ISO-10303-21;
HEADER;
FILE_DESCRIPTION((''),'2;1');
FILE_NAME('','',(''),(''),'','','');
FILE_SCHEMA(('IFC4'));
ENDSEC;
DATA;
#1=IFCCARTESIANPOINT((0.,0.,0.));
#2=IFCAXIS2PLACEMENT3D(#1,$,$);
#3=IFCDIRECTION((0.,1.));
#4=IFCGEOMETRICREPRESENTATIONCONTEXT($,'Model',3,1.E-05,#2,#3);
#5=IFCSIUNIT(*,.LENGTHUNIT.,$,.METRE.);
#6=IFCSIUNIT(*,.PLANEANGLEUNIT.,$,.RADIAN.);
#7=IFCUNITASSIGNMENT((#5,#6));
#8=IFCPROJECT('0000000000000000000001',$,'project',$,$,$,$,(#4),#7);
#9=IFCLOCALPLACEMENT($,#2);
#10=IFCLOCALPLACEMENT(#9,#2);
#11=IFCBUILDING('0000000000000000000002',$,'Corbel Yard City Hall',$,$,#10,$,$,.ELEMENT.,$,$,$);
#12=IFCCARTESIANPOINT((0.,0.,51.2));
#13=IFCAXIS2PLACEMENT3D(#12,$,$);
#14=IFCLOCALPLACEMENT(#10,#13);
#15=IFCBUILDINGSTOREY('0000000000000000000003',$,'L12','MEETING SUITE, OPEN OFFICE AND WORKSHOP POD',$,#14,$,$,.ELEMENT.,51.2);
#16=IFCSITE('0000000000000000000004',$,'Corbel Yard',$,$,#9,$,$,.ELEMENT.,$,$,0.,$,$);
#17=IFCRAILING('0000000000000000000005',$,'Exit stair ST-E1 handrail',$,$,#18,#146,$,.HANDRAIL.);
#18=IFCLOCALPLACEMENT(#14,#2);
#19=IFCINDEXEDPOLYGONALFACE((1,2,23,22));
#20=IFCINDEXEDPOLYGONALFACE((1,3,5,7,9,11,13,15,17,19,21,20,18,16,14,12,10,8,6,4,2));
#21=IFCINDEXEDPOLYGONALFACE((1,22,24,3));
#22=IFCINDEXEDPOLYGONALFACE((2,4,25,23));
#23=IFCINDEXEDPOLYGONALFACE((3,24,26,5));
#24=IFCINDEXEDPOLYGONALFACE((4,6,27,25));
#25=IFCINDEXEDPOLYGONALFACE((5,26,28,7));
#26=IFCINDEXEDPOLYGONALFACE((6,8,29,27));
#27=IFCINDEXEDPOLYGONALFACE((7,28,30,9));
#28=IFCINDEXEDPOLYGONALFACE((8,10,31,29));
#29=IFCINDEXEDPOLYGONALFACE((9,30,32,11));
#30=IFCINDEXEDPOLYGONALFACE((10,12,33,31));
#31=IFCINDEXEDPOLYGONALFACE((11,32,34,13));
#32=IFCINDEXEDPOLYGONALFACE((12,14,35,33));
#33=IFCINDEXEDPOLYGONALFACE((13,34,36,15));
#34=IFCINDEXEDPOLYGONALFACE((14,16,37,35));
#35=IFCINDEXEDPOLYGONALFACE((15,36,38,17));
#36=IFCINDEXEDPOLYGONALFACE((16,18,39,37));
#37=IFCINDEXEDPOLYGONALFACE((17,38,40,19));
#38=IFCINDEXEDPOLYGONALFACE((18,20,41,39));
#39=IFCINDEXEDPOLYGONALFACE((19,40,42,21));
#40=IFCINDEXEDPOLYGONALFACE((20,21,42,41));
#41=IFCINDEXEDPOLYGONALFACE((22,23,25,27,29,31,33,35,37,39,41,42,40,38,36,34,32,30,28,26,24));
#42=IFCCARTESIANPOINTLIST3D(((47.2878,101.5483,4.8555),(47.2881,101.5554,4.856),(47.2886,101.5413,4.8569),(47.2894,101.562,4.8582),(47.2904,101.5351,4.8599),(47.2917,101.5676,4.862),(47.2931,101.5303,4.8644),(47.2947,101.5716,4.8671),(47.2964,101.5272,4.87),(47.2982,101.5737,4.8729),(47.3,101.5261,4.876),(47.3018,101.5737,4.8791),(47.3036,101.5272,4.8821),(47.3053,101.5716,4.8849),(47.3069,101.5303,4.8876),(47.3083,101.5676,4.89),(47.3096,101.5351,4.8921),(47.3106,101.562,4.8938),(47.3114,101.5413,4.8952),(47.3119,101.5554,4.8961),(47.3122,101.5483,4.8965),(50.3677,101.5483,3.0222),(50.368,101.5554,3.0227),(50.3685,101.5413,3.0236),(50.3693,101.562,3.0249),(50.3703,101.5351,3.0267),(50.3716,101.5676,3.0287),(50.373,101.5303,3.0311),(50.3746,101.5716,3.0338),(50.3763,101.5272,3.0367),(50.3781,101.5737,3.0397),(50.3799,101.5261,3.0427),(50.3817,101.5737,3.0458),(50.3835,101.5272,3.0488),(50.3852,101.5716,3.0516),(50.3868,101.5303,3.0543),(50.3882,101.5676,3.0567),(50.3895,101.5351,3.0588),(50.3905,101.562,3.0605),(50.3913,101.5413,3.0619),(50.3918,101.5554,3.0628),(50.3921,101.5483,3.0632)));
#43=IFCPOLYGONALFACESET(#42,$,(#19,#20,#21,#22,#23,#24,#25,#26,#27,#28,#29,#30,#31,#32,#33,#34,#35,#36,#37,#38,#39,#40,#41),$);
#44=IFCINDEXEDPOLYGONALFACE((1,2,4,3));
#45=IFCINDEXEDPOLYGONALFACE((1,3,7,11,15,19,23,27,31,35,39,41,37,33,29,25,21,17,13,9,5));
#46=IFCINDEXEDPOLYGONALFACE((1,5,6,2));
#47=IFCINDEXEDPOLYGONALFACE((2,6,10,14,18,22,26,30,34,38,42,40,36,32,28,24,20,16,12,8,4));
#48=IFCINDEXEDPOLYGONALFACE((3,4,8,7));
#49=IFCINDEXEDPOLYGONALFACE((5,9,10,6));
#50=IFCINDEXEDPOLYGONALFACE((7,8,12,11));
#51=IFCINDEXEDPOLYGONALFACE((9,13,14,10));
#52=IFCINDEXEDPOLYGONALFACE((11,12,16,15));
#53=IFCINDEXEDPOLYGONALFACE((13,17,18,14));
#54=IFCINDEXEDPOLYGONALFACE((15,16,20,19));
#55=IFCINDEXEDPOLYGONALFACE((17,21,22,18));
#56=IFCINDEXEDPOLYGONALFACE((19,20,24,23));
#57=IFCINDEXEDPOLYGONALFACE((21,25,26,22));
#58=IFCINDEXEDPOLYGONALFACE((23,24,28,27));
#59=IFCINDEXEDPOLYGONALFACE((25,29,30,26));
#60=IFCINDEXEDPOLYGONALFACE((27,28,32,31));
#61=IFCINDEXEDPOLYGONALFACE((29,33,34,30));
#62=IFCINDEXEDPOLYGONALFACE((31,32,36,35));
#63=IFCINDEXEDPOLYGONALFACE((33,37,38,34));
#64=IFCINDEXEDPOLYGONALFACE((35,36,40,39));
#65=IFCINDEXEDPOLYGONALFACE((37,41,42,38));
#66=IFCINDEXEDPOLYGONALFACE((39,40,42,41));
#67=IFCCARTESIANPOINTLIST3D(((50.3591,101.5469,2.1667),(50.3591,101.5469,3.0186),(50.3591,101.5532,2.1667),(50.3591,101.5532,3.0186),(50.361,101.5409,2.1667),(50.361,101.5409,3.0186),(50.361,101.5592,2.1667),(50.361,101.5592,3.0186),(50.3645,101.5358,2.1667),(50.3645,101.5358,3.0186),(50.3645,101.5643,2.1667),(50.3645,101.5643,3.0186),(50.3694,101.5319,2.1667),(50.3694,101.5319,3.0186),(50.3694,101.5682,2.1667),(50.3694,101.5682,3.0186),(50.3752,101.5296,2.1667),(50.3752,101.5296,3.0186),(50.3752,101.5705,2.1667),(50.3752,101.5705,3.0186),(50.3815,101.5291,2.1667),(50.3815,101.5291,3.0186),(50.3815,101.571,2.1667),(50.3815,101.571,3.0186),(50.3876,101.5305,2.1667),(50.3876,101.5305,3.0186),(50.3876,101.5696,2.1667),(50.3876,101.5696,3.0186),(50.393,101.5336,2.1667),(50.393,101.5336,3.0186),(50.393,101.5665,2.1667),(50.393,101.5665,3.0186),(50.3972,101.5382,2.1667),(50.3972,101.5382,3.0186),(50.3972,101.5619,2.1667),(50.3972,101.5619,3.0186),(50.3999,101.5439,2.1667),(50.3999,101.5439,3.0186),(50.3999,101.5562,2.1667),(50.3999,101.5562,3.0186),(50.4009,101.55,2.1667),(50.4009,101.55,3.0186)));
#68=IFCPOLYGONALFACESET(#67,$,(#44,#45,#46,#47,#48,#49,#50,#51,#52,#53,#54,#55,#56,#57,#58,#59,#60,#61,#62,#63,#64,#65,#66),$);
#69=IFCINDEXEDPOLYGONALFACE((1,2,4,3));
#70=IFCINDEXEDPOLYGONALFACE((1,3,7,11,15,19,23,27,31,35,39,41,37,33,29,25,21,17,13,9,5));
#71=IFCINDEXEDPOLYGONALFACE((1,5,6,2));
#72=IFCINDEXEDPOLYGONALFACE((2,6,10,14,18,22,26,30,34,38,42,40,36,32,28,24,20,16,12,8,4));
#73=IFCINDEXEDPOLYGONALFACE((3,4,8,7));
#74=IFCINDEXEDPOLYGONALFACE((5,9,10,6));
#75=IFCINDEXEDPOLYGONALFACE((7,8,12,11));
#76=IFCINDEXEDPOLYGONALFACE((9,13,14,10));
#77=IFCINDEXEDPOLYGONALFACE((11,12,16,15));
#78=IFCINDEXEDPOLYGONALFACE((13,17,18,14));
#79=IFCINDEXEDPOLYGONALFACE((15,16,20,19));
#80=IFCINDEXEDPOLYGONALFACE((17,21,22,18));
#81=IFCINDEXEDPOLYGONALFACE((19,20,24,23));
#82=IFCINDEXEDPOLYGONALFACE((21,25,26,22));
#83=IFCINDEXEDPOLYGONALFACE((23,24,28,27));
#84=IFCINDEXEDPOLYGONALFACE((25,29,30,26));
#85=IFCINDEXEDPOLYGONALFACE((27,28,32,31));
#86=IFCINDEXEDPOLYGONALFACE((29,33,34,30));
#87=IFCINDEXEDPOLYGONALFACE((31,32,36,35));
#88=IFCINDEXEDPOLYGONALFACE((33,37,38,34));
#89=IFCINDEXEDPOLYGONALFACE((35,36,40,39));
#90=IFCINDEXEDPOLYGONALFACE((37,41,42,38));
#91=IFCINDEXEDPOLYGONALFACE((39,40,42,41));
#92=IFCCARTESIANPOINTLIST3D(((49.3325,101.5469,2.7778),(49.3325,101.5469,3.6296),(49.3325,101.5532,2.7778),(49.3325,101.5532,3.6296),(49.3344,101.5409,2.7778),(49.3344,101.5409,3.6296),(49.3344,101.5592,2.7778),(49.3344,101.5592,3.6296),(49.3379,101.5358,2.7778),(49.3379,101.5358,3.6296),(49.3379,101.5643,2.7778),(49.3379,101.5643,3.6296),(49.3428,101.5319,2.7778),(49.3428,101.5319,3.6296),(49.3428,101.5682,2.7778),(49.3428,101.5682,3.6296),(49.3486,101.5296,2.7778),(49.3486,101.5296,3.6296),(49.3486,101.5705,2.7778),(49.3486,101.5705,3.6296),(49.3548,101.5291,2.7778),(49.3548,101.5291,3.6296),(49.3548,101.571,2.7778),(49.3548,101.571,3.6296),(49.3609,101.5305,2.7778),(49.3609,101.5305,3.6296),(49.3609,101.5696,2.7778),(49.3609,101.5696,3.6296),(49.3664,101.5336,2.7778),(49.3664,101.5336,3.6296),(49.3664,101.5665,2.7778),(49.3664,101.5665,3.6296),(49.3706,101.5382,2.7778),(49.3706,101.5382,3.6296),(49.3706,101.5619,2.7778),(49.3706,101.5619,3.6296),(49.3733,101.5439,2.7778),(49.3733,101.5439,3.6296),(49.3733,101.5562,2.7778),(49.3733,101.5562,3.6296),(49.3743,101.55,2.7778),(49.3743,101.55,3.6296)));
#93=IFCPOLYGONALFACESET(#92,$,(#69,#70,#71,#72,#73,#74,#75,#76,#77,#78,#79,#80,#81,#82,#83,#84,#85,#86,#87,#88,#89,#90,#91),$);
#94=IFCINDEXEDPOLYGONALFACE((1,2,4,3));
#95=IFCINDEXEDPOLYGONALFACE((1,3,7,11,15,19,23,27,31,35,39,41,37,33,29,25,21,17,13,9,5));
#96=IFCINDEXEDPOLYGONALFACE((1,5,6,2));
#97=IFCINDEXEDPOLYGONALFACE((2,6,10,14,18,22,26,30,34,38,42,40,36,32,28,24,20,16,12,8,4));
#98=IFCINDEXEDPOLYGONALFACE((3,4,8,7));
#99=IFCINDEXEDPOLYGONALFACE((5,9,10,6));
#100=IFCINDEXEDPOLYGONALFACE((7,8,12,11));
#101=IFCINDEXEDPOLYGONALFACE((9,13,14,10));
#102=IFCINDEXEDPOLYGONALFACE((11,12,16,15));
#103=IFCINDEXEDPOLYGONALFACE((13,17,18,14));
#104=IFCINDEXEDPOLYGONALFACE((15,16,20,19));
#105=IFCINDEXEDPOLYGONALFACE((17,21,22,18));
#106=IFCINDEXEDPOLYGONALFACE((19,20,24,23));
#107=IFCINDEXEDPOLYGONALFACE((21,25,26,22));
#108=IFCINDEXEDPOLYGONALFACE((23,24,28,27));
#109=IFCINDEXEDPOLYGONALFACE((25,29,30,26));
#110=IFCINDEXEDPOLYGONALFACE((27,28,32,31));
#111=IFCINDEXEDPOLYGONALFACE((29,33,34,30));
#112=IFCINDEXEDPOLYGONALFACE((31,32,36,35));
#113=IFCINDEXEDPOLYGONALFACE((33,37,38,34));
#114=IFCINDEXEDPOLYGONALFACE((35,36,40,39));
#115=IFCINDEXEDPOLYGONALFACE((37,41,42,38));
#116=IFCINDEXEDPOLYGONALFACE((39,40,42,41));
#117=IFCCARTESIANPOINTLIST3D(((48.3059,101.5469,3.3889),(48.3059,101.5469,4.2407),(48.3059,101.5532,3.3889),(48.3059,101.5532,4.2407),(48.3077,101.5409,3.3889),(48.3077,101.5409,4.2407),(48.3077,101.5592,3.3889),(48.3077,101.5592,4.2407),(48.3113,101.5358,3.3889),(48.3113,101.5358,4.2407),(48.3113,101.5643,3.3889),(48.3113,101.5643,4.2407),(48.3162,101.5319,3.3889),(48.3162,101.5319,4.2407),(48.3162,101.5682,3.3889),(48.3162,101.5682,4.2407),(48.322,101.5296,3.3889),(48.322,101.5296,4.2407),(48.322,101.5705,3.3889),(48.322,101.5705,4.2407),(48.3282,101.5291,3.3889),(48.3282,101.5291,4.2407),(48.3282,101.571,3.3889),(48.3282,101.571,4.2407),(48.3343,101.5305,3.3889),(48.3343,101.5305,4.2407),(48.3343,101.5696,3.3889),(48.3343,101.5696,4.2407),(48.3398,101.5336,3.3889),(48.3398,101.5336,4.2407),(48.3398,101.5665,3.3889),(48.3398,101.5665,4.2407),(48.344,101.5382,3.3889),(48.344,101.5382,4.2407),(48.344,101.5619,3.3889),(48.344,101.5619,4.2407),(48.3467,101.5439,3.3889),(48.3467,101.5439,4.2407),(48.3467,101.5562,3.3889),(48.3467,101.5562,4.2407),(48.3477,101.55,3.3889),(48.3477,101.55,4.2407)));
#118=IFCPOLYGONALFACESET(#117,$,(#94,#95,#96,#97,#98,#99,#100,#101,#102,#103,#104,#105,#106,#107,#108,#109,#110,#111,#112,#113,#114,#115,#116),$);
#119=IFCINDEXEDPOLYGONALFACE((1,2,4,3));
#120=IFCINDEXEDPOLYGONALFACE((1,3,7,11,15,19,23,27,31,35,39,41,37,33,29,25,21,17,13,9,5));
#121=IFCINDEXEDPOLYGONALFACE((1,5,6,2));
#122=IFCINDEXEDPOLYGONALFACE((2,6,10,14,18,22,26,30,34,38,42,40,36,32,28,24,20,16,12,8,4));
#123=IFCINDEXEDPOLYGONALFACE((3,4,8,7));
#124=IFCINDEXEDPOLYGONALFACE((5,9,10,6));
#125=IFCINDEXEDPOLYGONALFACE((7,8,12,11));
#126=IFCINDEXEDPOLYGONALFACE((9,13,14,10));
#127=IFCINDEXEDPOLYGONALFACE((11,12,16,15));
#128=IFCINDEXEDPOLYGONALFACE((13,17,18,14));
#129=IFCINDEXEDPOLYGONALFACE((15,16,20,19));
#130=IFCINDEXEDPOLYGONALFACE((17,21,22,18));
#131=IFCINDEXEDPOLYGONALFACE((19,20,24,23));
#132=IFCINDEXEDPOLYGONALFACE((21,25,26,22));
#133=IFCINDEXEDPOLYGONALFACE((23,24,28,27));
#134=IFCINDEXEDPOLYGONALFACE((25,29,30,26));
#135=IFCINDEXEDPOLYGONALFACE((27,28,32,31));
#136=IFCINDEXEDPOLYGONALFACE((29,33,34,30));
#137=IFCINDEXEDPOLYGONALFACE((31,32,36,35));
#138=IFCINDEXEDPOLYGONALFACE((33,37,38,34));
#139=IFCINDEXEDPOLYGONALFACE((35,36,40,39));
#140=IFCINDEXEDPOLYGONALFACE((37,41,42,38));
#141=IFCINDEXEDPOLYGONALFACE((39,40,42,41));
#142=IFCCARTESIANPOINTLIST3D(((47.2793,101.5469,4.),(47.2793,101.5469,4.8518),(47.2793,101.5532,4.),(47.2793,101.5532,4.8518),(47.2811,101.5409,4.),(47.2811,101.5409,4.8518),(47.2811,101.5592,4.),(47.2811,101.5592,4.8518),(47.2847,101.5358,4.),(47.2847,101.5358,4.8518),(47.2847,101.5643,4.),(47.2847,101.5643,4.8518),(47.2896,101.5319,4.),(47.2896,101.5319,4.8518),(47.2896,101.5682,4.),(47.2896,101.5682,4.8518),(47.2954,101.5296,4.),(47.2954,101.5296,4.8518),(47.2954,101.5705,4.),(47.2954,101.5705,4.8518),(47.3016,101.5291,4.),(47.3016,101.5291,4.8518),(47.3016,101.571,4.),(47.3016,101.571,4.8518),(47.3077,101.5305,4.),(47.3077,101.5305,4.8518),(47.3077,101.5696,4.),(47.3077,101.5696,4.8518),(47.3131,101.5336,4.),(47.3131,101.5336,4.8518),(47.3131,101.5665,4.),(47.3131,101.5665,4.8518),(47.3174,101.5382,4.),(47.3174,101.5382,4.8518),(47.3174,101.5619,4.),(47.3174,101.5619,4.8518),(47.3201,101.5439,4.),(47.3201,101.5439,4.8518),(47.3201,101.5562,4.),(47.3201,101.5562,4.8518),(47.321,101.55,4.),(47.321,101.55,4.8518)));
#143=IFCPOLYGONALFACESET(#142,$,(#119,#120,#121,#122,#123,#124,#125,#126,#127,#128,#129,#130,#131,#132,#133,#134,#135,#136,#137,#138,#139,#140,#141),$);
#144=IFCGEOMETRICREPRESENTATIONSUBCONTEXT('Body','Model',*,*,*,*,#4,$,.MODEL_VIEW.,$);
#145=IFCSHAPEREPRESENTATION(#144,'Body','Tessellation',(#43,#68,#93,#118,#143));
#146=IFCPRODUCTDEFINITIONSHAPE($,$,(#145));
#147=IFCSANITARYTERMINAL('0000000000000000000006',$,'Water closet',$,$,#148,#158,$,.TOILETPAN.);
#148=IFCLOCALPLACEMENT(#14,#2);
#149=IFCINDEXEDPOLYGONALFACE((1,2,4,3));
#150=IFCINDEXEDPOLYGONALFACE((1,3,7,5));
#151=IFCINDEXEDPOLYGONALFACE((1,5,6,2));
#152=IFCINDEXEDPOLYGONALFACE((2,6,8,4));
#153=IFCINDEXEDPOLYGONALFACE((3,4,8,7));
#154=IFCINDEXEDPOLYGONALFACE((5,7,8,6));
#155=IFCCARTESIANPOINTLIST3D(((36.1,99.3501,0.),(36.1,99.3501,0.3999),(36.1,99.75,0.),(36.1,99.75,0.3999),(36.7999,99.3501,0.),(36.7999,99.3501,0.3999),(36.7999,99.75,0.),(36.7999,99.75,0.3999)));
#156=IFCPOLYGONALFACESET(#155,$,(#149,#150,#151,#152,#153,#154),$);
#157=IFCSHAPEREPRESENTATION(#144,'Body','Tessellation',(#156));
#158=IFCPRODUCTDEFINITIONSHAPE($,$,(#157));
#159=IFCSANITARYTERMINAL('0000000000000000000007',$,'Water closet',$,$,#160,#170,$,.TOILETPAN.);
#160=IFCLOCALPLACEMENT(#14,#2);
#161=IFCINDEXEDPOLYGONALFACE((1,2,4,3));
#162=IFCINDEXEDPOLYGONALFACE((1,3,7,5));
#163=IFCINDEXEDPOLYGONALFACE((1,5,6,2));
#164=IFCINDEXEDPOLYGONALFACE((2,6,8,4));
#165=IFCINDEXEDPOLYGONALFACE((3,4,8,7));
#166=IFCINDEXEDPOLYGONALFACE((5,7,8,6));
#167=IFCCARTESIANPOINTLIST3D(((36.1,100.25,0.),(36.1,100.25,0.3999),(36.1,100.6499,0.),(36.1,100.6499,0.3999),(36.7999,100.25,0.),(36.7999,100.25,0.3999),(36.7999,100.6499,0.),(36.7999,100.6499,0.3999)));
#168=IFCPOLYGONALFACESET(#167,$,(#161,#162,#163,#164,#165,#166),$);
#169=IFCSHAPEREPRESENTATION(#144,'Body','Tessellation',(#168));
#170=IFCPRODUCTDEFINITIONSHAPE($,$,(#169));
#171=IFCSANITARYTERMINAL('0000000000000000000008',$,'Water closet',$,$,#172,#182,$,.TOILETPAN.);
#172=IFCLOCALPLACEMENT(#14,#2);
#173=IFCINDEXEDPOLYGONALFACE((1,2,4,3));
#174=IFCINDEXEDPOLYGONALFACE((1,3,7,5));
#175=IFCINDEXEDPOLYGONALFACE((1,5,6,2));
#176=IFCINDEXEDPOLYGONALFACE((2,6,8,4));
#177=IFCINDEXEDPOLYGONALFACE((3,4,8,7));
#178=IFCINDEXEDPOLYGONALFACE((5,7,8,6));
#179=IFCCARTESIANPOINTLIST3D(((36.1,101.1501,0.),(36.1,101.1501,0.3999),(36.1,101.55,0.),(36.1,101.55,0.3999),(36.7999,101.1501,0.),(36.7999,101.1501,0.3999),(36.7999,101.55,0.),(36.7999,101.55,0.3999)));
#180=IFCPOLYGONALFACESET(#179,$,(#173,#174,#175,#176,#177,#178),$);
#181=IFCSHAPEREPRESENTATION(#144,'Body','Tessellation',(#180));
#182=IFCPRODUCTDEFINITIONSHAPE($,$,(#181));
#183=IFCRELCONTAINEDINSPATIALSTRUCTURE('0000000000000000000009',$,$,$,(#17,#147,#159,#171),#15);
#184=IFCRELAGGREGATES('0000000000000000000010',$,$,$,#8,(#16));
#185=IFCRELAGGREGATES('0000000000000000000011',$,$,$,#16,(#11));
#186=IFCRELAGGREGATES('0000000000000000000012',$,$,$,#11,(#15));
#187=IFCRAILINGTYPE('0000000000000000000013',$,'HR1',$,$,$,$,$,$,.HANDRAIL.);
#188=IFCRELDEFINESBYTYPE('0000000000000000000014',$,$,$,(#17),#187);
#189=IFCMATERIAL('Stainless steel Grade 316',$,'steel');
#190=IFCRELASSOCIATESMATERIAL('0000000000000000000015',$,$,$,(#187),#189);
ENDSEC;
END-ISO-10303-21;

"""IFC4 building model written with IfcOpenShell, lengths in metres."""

from ifc_helpers import new_model, si_unit, direction, frame, origin, origin_2d, place, context, subcontext, project, spatial, rectangle, circle, extrude, material, type_object, element, save


model = new_model("IFC4")

# Units and contexts
model_context = context("Model", 3, precision=1e-05, world=origin(), true_north=direction((0.0, 1.0)))
body_context = subcontext(model_context, "Body", "Model", "MODEL_VIEW")
ifc_project = project(units=[si_unit("LENGTHUNIT", "METRE"), si_unit("PLANEANGLEUNIT", "RADIAN")], contexts=[model_context])

# Site, building, storey
site_placement = place(None, origin())
site = spatial("IfcSite", under=ifc_project, at=site_placement, Name="Corbel Yard", CompositionType="ELEMENT", RefElevation=0.0)
building_placement = place(site_placement, origin())
building = spatial("IfcBuilding", under=site, at=building_placement, Name="Corbel Yard City Hall", CompositionType="ELEMENT")
storey_placement = place(building_placement, frame((0.0, 0.0, 51.2)))
storey = spatial("IfcBuildingStorey", under=building, at=storey_placement, Name="L12", Description="MEETING SUITE, OPEN OFFICE AND WORKSHOP POD", CompositionType="ELEMENT", Elevation=51.2)

# Railing
ifc_material_1 = material(Name="Stainless steel Grade 316", Category="steel")
railing_type = type_object("IfcRailingType", Name="HR1", PredefinedType="HANDRAIL", material=ifc_material_1)
railing_placement = place(storey_placement, frame((50.3799, 101.55, 2.1667)))
element("IfcRailing", 1, at=railing_placement, inside=storey, type_object=railing_type, Name="Exit stair ST-E1 handrail", PredefinedType="HANDRAIL", context=body_context, shape_type="SweptSolid", body=[
    extrude(circle(Radius=0.0239, at=origin_2d()), frame((0.0, 0.0, 0.876), z_axis=(-0.859291, 0.0, 0.511487), x_axis=(0.0, -1.0, 0.0)), (0.0, 0.0, 1.0), 3.5842),
    extrude(circle(Radius=0.021, at=origin_2d()), origin(), (0.0, 0.0, 1.0), 0.8518),
    extrude(circle(Radius=0.021, at=origin_2d()), frame((-1.0266, 0.0, 0.6111)), (0.0, 0.0, 1.0), 0.8518),
    extrude(circle(Radius=0.021, at=origin_2d()), frame((-2.0532, 0.0, 1.2222)), (0.0, 0.0, 1.0), 0.8518),
    extrude(circle(Radius=0.021, at=origin_2d()), frame((-3.0798, 0.0, 1.8333)), (0.0, 0.0, 1.0), 0.8518),
])

# Sanitary terminals
for number, where, z_axis, x_axis, name in (
    (2, (36.45, 99.55, 0.0), (0.0, 0.0, 1.0), (1.0, 0.0, 0.0), "Water closet"),
    (3, (36.45, 100.45, 0.0), (0.0, 0.0, 1.0), (1.0, 0.0, 0.0), "Water closet"),
    (4, (36.45, 101.3501, 0.0), (0.0, 0.0, 1.0), (1.0, 0.0, 0.0), "Water closet"),
):
    element("IfcSanitaryTerminal", number, at=place(storey_placement, frame(where, z_axis=z_axis, x_axis=x_axis)), inside=storey, Name=name, PredefinedType="TOILETPAN", context=body_context, shape_type="SweptSolid", body=[
        extrude(rectangle(XDim=0.7, YDim=0.3999, at=origin_2d()), origin(), (0.0, 0.0, 1.0), 0.3999),
    ])

save(model, "model.ifc")
